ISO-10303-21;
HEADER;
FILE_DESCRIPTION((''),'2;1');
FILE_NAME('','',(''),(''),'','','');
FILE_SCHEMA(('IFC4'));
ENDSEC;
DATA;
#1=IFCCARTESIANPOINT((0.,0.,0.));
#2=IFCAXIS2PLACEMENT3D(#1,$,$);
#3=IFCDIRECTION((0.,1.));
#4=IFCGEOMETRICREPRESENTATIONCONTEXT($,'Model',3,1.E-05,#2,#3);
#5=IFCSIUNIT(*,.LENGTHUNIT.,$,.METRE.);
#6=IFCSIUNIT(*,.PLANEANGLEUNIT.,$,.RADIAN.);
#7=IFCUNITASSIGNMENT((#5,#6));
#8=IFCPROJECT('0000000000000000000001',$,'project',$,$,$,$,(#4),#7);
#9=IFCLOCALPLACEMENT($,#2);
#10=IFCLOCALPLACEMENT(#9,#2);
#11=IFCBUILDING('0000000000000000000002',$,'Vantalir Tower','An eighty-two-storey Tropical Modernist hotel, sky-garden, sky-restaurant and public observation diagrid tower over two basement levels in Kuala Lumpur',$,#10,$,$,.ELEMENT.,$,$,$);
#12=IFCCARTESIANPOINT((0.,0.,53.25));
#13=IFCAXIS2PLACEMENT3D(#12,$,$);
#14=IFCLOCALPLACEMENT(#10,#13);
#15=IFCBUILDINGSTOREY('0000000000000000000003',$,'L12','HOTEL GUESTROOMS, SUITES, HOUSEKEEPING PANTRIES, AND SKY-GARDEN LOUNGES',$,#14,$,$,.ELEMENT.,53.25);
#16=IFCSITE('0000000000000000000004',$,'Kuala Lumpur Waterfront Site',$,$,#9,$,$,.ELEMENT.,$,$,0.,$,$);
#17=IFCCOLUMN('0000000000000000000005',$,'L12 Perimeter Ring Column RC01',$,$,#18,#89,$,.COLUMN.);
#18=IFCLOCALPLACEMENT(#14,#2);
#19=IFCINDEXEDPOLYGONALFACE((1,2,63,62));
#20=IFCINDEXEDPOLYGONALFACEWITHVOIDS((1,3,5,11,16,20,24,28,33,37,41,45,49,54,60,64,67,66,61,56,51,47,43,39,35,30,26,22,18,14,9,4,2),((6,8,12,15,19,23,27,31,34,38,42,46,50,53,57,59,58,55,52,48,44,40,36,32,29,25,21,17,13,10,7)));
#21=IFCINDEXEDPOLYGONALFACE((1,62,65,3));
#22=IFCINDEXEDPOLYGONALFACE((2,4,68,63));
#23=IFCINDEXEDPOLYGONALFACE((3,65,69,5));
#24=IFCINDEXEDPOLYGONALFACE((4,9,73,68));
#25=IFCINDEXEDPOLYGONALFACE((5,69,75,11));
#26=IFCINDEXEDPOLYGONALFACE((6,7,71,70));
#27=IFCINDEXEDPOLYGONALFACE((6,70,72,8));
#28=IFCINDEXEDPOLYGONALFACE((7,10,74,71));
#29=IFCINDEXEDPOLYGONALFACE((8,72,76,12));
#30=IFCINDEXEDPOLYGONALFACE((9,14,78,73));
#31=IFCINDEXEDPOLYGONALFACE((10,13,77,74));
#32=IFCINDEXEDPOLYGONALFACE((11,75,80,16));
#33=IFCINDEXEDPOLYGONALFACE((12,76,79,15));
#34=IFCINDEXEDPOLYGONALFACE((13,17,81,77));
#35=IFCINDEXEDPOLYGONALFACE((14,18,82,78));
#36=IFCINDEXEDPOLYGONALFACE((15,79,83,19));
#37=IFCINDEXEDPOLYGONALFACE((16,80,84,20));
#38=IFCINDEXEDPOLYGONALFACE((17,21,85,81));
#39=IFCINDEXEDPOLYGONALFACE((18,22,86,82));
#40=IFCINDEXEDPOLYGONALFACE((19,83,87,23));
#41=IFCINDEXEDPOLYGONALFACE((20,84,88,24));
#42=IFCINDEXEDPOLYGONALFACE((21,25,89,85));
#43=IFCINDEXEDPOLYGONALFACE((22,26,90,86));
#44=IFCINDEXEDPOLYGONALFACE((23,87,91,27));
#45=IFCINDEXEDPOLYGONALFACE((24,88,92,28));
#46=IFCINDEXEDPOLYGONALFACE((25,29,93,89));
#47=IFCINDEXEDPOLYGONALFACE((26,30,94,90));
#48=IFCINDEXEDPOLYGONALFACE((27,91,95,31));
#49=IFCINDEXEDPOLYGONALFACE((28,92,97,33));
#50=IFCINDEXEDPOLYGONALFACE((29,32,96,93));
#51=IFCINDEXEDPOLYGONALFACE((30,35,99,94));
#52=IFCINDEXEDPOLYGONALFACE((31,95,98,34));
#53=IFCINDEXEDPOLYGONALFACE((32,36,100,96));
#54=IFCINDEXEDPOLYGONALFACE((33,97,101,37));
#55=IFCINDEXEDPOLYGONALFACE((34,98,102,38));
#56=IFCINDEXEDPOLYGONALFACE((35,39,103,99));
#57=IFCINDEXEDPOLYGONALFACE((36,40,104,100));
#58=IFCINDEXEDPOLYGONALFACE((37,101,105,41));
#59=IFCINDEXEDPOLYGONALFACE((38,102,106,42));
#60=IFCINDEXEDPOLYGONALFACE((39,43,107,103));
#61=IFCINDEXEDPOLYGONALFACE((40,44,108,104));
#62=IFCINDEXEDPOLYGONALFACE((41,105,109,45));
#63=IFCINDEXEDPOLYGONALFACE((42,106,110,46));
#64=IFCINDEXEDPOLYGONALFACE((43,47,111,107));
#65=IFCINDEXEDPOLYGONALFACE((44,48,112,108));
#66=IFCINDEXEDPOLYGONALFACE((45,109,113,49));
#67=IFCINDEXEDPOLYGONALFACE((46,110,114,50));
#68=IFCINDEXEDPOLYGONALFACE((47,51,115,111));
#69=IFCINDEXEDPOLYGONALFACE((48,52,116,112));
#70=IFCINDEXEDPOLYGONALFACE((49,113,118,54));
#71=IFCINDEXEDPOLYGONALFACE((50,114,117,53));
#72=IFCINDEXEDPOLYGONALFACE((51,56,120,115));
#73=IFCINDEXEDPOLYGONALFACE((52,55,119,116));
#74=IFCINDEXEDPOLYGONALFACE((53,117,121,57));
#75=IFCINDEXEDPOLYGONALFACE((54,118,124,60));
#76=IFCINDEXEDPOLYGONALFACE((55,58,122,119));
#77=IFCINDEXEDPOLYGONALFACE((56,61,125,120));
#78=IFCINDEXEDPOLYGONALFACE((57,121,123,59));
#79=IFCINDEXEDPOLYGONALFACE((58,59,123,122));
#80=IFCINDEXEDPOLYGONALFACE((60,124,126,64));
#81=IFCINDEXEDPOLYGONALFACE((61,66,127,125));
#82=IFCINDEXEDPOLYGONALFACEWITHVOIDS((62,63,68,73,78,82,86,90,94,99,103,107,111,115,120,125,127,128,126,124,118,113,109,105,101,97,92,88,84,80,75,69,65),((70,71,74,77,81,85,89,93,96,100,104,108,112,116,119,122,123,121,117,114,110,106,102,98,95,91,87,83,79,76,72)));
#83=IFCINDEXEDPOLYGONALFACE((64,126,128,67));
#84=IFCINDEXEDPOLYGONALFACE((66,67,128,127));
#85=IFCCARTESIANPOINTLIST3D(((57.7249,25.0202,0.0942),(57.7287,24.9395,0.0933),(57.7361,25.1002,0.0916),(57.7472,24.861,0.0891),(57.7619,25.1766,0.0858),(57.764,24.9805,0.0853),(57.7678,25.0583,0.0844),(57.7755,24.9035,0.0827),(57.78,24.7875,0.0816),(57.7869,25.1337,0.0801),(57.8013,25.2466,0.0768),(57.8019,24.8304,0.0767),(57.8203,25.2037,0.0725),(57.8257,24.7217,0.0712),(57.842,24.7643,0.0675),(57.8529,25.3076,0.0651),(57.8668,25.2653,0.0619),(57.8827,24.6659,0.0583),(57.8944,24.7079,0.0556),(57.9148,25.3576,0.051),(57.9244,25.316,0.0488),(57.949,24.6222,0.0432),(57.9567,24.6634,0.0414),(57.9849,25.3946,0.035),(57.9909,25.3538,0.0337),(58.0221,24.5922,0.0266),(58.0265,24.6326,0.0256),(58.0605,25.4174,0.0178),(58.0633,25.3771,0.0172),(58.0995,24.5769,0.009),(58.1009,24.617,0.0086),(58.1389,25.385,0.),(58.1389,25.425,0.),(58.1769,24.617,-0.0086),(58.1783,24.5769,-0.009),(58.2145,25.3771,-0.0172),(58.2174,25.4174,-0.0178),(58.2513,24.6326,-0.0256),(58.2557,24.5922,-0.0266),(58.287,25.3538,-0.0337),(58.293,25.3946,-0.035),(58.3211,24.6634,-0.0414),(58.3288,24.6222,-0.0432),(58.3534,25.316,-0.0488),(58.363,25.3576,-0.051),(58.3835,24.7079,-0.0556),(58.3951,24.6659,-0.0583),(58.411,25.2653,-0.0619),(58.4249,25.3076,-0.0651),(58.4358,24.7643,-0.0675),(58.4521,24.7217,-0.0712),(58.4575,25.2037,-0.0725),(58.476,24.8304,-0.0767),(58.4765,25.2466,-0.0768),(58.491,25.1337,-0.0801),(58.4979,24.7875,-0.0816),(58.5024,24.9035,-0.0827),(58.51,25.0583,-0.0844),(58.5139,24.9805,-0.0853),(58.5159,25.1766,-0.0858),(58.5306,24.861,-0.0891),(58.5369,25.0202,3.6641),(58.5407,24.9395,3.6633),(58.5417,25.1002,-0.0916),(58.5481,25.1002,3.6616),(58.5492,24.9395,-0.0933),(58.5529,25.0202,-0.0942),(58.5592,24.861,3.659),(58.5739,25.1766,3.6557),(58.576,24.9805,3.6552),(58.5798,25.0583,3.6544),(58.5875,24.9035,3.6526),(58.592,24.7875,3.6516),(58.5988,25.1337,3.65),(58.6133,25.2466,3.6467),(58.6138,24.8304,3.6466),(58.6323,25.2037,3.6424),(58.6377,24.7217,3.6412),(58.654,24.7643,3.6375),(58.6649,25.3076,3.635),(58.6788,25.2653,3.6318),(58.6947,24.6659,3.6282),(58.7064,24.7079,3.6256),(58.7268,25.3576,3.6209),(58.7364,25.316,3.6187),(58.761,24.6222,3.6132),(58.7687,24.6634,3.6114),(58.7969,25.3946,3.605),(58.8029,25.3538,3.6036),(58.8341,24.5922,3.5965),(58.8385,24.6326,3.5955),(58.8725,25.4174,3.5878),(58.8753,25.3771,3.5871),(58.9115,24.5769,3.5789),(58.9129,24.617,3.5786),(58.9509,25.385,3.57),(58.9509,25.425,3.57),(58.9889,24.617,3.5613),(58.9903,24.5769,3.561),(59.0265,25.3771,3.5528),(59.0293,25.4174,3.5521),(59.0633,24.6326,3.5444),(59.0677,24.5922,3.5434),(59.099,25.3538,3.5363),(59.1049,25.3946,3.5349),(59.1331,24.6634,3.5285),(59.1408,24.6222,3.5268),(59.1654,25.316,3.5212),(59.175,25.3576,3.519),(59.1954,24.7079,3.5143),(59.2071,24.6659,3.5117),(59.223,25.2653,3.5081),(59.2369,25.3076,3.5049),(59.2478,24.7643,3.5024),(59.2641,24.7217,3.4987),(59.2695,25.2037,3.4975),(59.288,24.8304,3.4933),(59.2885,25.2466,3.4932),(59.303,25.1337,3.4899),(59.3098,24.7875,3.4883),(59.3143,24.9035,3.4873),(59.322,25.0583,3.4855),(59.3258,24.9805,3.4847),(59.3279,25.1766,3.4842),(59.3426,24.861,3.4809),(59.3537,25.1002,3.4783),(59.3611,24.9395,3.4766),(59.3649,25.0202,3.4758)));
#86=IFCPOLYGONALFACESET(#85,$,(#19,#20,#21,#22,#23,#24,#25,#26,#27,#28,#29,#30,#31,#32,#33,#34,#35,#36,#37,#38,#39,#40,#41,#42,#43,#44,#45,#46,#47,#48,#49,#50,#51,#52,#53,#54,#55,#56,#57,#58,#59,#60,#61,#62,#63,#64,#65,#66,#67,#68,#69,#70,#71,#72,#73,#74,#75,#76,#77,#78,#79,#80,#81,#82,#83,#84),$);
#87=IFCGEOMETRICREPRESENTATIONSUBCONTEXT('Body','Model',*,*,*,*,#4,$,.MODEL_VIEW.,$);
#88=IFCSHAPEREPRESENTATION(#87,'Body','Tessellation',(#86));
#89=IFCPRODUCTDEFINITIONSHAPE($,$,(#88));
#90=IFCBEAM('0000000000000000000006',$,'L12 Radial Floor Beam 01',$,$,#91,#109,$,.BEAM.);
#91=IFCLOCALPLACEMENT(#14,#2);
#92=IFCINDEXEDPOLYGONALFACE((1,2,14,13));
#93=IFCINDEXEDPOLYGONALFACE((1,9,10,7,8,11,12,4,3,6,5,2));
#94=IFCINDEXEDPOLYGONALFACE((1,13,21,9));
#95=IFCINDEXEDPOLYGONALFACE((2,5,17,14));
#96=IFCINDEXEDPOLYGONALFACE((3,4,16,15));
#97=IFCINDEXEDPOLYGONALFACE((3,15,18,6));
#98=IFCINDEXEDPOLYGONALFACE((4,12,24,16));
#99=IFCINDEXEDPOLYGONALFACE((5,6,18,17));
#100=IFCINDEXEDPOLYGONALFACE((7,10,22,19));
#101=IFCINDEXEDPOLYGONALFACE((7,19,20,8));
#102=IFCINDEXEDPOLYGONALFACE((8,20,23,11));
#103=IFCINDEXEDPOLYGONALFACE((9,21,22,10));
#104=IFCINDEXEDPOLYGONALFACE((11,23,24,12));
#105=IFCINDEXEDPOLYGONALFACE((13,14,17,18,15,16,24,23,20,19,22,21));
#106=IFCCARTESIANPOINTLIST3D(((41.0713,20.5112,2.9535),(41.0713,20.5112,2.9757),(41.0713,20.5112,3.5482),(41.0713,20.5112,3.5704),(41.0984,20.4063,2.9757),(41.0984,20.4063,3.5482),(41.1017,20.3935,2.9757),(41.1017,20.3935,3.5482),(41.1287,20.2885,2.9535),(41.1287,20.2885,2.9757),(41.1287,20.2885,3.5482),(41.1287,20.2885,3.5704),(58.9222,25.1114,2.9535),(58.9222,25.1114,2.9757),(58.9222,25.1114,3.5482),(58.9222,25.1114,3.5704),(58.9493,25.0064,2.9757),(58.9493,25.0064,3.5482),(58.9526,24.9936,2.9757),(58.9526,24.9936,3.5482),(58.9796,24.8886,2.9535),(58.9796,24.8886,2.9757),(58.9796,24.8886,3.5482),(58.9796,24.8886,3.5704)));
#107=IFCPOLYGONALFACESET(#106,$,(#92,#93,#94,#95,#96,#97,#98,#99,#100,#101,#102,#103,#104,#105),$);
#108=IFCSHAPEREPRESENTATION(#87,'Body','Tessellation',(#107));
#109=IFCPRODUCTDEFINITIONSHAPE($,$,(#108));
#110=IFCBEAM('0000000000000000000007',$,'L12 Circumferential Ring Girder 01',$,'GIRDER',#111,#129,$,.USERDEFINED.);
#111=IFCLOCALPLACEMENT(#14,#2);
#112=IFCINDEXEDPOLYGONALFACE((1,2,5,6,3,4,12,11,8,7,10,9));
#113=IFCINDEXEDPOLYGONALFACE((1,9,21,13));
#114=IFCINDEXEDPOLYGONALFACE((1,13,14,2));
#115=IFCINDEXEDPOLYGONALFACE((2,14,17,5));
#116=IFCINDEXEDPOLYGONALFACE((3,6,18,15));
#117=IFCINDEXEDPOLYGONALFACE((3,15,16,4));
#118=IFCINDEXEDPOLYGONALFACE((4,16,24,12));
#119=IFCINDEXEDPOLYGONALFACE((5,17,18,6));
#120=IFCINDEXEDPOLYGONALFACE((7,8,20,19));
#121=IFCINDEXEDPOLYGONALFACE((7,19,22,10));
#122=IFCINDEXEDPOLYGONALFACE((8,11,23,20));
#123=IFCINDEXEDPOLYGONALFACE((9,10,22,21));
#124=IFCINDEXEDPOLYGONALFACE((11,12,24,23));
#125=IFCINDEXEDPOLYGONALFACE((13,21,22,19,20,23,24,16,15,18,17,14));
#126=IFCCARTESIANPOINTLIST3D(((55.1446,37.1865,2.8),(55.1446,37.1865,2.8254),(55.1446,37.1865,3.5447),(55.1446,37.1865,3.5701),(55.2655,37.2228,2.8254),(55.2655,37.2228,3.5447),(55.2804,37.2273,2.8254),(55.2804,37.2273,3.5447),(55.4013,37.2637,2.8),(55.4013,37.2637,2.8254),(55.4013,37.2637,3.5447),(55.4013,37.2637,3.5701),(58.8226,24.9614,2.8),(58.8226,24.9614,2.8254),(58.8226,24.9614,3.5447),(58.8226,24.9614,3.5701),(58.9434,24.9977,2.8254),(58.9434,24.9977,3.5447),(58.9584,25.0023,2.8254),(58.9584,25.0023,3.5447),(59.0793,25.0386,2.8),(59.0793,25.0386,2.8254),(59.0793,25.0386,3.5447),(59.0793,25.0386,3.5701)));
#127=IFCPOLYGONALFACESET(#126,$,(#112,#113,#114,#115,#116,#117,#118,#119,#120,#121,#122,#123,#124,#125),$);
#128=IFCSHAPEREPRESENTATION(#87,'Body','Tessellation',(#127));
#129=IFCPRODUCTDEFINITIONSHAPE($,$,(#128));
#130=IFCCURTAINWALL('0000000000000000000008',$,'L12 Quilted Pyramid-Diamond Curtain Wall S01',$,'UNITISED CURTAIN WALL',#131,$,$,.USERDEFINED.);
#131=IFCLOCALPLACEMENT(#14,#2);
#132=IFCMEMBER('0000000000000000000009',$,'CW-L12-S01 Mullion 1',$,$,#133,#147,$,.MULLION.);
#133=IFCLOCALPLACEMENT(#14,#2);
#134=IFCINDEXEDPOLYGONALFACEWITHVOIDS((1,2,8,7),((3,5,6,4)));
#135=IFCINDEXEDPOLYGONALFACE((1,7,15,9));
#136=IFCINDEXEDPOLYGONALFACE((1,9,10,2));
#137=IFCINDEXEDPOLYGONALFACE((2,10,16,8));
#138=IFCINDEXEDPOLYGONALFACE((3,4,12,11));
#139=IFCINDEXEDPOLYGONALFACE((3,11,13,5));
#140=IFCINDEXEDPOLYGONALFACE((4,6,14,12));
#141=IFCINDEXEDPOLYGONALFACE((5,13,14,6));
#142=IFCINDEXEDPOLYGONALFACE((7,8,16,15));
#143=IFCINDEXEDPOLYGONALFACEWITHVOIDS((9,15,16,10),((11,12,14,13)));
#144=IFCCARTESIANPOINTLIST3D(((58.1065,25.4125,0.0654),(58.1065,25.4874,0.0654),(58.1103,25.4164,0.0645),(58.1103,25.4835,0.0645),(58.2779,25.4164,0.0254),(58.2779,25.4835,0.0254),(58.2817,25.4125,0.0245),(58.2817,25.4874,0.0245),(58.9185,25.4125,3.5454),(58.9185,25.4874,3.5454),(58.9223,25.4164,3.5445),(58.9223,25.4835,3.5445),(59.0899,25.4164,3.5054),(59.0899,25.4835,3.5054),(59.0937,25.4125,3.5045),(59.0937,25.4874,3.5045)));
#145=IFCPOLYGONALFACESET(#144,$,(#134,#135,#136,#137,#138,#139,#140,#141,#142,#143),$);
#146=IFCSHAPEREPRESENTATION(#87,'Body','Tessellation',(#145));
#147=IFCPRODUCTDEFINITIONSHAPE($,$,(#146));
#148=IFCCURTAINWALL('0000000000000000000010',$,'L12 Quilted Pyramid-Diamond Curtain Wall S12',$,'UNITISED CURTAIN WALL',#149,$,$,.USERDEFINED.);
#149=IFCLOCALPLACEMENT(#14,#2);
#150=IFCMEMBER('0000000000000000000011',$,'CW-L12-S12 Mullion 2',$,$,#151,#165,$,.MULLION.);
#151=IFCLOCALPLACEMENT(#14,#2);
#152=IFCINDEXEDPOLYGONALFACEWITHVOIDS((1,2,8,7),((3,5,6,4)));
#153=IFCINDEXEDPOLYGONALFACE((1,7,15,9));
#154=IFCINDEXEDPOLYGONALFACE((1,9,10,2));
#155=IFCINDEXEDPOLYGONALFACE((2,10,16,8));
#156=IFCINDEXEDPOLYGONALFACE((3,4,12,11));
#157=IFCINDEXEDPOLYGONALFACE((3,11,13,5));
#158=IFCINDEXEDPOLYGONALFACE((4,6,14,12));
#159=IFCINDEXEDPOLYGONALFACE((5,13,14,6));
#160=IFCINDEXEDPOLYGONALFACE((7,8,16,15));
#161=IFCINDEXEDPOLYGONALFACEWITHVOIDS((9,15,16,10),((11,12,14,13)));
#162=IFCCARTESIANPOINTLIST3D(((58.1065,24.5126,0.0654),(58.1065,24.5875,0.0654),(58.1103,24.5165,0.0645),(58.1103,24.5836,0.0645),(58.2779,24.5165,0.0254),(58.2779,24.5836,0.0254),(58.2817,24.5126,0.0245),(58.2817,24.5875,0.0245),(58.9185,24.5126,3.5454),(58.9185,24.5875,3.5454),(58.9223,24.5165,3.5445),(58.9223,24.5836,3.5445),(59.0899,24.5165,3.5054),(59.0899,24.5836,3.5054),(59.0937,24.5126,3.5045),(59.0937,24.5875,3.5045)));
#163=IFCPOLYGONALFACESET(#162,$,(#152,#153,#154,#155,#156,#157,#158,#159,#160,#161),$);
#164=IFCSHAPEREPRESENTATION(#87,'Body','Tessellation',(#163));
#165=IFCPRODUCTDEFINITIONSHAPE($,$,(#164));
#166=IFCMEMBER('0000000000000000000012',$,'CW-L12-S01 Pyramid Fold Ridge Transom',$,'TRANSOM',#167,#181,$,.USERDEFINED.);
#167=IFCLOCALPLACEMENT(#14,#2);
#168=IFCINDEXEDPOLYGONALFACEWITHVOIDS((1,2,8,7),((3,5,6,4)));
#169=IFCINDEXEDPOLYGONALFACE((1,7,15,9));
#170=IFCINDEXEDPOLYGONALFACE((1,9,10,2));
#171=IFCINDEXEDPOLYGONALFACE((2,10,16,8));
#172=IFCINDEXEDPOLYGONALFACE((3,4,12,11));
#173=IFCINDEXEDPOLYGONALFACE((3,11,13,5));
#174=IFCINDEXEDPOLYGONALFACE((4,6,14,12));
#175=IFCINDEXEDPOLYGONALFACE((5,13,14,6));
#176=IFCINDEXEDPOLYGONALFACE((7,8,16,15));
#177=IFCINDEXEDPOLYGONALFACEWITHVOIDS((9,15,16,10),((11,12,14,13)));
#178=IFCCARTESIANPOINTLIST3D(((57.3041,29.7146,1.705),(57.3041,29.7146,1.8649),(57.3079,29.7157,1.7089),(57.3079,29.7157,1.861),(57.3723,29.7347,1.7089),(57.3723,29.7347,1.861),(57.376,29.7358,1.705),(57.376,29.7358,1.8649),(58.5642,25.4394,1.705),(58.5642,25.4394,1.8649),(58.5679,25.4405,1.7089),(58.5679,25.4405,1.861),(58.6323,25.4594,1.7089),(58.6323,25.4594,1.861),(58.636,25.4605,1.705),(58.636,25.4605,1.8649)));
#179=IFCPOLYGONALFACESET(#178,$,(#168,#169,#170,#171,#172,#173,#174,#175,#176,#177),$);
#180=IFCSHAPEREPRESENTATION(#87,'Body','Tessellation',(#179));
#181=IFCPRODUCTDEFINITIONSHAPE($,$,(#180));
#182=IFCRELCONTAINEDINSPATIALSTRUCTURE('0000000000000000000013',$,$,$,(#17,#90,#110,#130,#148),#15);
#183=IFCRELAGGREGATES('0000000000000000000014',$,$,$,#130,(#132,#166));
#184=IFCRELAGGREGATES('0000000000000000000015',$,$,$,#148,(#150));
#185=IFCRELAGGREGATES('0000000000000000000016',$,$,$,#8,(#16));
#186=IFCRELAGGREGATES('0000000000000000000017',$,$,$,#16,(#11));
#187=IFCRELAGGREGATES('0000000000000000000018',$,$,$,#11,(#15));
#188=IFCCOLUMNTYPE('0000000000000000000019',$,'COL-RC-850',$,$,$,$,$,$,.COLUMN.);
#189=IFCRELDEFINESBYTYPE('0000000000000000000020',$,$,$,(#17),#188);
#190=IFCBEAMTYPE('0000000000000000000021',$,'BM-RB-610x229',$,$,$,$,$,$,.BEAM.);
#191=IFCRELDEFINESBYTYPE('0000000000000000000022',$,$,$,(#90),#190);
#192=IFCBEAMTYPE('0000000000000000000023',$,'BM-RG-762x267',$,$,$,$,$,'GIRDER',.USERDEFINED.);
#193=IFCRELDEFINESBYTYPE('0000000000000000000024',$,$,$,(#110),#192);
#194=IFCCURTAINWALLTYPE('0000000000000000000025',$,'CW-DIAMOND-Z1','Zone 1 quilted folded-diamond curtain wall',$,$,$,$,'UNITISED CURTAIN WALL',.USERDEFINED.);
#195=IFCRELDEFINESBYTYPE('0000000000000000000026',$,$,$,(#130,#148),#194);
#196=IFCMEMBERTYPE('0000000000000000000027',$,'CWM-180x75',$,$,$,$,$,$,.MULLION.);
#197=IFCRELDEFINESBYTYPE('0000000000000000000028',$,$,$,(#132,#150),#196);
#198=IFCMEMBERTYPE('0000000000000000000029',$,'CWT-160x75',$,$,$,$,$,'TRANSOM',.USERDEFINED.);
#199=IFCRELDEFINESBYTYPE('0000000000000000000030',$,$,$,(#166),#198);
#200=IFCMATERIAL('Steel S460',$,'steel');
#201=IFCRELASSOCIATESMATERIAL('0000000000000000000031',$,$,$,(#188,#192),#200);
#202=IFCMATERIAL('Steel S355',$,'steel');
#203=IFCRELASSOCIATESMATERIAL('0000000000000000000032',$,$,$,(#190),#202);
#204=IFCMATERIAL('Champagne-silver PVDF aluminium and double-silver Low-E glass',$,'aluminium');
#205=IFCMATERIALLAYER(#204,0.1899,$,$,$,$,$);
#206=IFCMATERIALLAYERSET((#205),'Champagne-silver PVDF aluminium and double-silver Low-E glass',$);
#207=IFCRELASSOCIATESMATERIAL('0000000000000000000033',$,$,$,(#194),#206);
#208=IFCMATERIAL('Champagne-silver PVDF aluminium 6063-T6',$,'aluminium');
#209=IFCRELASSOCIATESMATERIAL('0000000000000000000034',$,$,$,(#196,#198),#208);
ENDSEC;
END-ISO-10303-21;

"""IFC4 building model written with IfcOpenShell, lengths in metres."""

from ifc_helpers import new_model, si_unit, direction, frame, origin, origin_2d, place, context, subcontext, project, spatial, hollow_rectangle, hollow_circle, i_section, extrude, material, layer, layer_set, material_profile, profile_set, type_object, element, aggregate, save


model = new_model("IFC4")

# Units and contexts
model_context = context("Model", 3, precision=1e-05, world=origin(), true_north=direction((0.0, 1.0)))
body_context = subcontext(model_context, "Body", "Model", "MODEL_VIEW")
ifc_project = project(units=[si_unit("LENGTHUNIT", "METRE"), si_unit("PLANEANGLEUNIT", "RADIAN")], contexts=[model_context])

# Site, building, storey
site_placement = place(None, origin())
site = spatial("IfcSite", under=ifc_project, at=site_placement, Name="Kuala Lumpur Waterfront Site", CompositionType="ELEMENT", RefElevation=0.0)
building_placement = place(site_placement, origin())
building = spatial("IfcBuilding", under=site, at=building_placement, Name="Vantalir Tower", Description="An eighty-two-storey Tropical Modernist hotel, sky-garden, sky-restaurant and public observation diagrid tower over two basement levels in Kuala Lumpur", CompositionType="ELEMENT")
storey_placement = place(building_placement, frame((0.0, 0.0, 53.25)))
storey = spatial("IfcBuildingStorey", under=building, at=storey_placement, Name="L12", Description="HOTEL GUESTROOMS, SUITES, HOUSEKEEPING PANTRIES, AND SKY-GARDEN LOUNGES", CompositionType="ELEMENT", Elevation=53.25)

# Column
ifc_material_1 = material(Name="Steel S460", Category="steel")
ifc_material_profile_1 = material_profile(ifc_material_1, hollow_circle(Radius=0.425, WallThickness=0.04, at=origin_2d()), Name="Steel S460")
ifc_profile_set_1 = profile_set([ifc_material_profile_1], Name="Steel S460")
column_type = type_object("IfcColumnType", Name="COL-RC-850", PredefinedType="COLUMN", material=ifc_profile_set_1)
column_placement = place(storey_placement, frame((58.1389, 25.0, 0.0), z_axis=(0.221785, 0.0, 0.975096), x_axis=(0.0, 1.0, 0.0)))
element("IfcColumn", 1, at=column_placement, inside=storey, type_object=column_type, Name="L12 Perimeter Ring Column RC01", PredefinedType="COLUMN", context=body_context, shape_type="SweptSolid", body=[
    extrude(hollow_circle(Radius=0.425, WallThickness=0.04, at=origin_2d()), origin(), (0.0, 0.0, 1.0), 3.6611),
])

# Beams
ifc_material_2 = material(Name="Steel S355", Category="steel")
ifc_material_profile_2 = material_profile(ifc_material_2, i_section(OverallWidth=0.23, OverallDepth=0.6169, WebThickness=0.0132, FlangeThickness=0.0222, at=origin_2d()), Name="Steel S355")
ifc_profile_set_2 = profile_set([ifc_material_profile_2], Name="Steel S355")
beam_type_1 = type_object("IfcBeamType", Name="BM-RB-610x229", PredefinedType="BEAM", material=ifc_profile_set_2)
beam_1_placement = place(storey_placement, frame((58.9509, 25.0, 3.262), z_axis=(-0.968363, -0.249544, 0.0), x_axis=(0.249544, -0.968363, 0.0)))
element("IfcBeam", 2, at=beam_1_placement, inside=storey, type_object=beam_type_1, Name="L12 Radial Floor Beam 01", PredefinedType="BEAM", context=body_context, shape_type="SweptSolid", body=[
    extrude(i_section(OverallWidth=0.23, OverallDepth=0.6169, WebThickness=0.0132, FlangeThickness=0.0222, at=origin_2d()), origin(), (0.0, 0.0, 1.0), 18.4341),
])
ifc_material_profile_3 = material_profile(ifc_material_1, i_section(OverallWidth=0.2681, OverallDepth=0.77, WebThickness=0.0156, FlangeThickness=0.0254, at=origin_2d()), Name="Steel S460")
ifc_profile_set_3 = profile_set([ifc_material_profile_3], Name="Steel S460")
beam_type_2 = type_object("IfcBeamType", Name="BM-RG-762x267", ElementType="GIRDER", PredefinedType="USERDEFINED", material=ifc_profile_set_3)
beam_2_placement = place(storey_placement, frame((58.9509, 25.0, 3.1851), z_axis=(-0.288099, 0.957601, 0.0), x_axis=(-0.957601, -0.288099, 0.0)))
element("IfcBeam", 3, at=beam_2_placement, inside=storey, type_object=beam_type_2, Name="L12 Circumferential Ring Girder 01", ObjectType="GIRDER", PredefinedType="USERDEFINED", context=body_context, shape_type="SweptSolid", body=[
    extrude(i_section(OverallWidth=0.2681, OverallDepth=0.77, WebThickness=0.0156, FlangeThickness=0.0254, at=origin_2d()), origin(), (0.0, 0.0, 1.0), 12.7664),
])

# Curtain walls, members
ifc_material_3 = material(Name="Champagne-silver PVDF aluminium and double-silver Low-E glass", Category="aluminium")
ifc_layer_1 = layer(ifc_material_3, 0.1899)
ifc_layer_set_1 = layer_set([ifc_layer_1], Name="Champagne-silver PVDF aluminium and double-silver Low-E glass")
curtain_wall_type = type_object("IfcCurtainWallType", Name="CW-DIAMOND-Z1", Description="Zone 1 quilted folded-diamond curtain wall", ElementType="UNITISED CURTAIN WALL", PredefinedType="USERDEFINED", material=ifc_layer_set_1)
curtain_wall_1_placement = place(storey_placement, origin())
curtain_wall_1 = element("IfcCurtainWall", 4, at=curtain_wall_1_placement, inside=storey, type_object=curtain_wall_type, Name="L12 Quilted Pyramid-Diamond Curtain Wall S01", ObjectType="UNITISED CURTAIN WALL", PredefinedType="USERDEFINED")
ifc_material_4 = material(Name="Champagne-silver PVDF aluminium 6063-T6", Category="aluminium")
ifc_material_profile_4 = material_profile(ifc_material_4, hollow_rectangle(XDim=0.075, YDim=0.1799, WallThickness=0.0039, at=origin_2d()), Name="Champagne-silver PVDF aluminium 6063-T6")
ifc_profile_set_4 = profile_set([ifc_material_profile_4], Name="Champagne-silver PVDF aluminium 6063-T6")
member_type_1 = type_object("IfcMemberType", Name="CWM-180x75", PredefinedType="MULLION", material=ifc_profile_set_4)
member_1_placement = place(storey_placement, frame((58.1941, 25.45, 0.0449), z_axis=(0.227234, 0.0, 0.97384), x_axis=(0.0, 1.0, 0.0)))
member_1 = element("IfcMember", 5, at=member_1_placement, type_object=member_type_1, Name="CW-L12-S01 Mullion 1", PredefinedType="MULLION", context=body_context, shape_type="SweptSolid", body=[
    extrude(hollow_rectangle(XDim=0.075, YDim=0.1799, WallThickness=0.0039, at=origin_2d()), origin(), (0.0, 0.0, 1.0), 3.5735),
])
curtain_wall_2_placement = place(storey_placement, origin())
curtain_wall_2 = element("IfcCurtainWall", 6, at=curtain_wall_2_placement, inside=storey, type_object=curtain_wall_type, Name="L12 Quilted Pyramid-Diamond Curtain Wall S12", ObjectType="UNITISED CURTAIN WALL", PredefinedType="USERDEFINED")
member_2_placement = place(storey_placement, frame((58.1941, 24.55, 0.0449), z_axis=(0.227234, 0.0, 0.97384), x_axis=(0.0, 1.0, 0.0)))
member_2 = element("IfcMember", 7, at=member_2_placement, type_object=member_type_1, Name="CW-L12-S12 Mullion 2", PredefinedType="MULLION", context=body_context, shape_type="SweptSolid", body=[
    extrude(hollow_rectangle(XDim=0.075, YDim=0.1799, WallThickness=0.0039, at=origin_2d()), origin(), (0.0, 0.0, 1.0), 3.5735),
])

# Member
ifc_material_profile_5 = material_profile(ifc_material_4, hollow_rectangle(XDim=0.075, YDim=0.1599, WallThickness=0.0039, at=origin_2d()), Name="Champagne-silver PVDF aluminium 6063-T6")
ifc_profile_set_5 = profile_set([ifc_material_profile_5], Name="Champagne-silver PVDF aluminium 6063-T6")
member_type_2 = type_object("IfcMemberType", Name="CWT-160x75", ElementType="TRANSOM", PredefinedType="USERDEFINED", material=ifc_profile_set_5)
member_3_placement = place(storey_placement, frame((58.6001, 25.45, 1.7849), z_axis=(-0.282706, 0.959207, 0.0), x_axis=(-0.959207, -0.282706, 0.0)))
member_3 = element("IfcMember", 8, at=member_3_placement, type_object=member_type_2, Name="CW-L12-S01 Pyramid Fold Ridge Transom", ObjectType="TRANSOM", PredefinedType="USERDEFINED", context=body_context, shape_type="SweptSolid", body=[
    extrude(hollow_rectangle(XDim=0.075, YDim=0.1599, WallThickness=0.0039, at=origin_2d()), origin(), (0.0, 0.0, 1.0), 4.457),
])

aggregate(curtain_wall_1, [member_1, member_3])
aggregate(curtain_wall_2, [member_2])

save(model, "model.ifc")
